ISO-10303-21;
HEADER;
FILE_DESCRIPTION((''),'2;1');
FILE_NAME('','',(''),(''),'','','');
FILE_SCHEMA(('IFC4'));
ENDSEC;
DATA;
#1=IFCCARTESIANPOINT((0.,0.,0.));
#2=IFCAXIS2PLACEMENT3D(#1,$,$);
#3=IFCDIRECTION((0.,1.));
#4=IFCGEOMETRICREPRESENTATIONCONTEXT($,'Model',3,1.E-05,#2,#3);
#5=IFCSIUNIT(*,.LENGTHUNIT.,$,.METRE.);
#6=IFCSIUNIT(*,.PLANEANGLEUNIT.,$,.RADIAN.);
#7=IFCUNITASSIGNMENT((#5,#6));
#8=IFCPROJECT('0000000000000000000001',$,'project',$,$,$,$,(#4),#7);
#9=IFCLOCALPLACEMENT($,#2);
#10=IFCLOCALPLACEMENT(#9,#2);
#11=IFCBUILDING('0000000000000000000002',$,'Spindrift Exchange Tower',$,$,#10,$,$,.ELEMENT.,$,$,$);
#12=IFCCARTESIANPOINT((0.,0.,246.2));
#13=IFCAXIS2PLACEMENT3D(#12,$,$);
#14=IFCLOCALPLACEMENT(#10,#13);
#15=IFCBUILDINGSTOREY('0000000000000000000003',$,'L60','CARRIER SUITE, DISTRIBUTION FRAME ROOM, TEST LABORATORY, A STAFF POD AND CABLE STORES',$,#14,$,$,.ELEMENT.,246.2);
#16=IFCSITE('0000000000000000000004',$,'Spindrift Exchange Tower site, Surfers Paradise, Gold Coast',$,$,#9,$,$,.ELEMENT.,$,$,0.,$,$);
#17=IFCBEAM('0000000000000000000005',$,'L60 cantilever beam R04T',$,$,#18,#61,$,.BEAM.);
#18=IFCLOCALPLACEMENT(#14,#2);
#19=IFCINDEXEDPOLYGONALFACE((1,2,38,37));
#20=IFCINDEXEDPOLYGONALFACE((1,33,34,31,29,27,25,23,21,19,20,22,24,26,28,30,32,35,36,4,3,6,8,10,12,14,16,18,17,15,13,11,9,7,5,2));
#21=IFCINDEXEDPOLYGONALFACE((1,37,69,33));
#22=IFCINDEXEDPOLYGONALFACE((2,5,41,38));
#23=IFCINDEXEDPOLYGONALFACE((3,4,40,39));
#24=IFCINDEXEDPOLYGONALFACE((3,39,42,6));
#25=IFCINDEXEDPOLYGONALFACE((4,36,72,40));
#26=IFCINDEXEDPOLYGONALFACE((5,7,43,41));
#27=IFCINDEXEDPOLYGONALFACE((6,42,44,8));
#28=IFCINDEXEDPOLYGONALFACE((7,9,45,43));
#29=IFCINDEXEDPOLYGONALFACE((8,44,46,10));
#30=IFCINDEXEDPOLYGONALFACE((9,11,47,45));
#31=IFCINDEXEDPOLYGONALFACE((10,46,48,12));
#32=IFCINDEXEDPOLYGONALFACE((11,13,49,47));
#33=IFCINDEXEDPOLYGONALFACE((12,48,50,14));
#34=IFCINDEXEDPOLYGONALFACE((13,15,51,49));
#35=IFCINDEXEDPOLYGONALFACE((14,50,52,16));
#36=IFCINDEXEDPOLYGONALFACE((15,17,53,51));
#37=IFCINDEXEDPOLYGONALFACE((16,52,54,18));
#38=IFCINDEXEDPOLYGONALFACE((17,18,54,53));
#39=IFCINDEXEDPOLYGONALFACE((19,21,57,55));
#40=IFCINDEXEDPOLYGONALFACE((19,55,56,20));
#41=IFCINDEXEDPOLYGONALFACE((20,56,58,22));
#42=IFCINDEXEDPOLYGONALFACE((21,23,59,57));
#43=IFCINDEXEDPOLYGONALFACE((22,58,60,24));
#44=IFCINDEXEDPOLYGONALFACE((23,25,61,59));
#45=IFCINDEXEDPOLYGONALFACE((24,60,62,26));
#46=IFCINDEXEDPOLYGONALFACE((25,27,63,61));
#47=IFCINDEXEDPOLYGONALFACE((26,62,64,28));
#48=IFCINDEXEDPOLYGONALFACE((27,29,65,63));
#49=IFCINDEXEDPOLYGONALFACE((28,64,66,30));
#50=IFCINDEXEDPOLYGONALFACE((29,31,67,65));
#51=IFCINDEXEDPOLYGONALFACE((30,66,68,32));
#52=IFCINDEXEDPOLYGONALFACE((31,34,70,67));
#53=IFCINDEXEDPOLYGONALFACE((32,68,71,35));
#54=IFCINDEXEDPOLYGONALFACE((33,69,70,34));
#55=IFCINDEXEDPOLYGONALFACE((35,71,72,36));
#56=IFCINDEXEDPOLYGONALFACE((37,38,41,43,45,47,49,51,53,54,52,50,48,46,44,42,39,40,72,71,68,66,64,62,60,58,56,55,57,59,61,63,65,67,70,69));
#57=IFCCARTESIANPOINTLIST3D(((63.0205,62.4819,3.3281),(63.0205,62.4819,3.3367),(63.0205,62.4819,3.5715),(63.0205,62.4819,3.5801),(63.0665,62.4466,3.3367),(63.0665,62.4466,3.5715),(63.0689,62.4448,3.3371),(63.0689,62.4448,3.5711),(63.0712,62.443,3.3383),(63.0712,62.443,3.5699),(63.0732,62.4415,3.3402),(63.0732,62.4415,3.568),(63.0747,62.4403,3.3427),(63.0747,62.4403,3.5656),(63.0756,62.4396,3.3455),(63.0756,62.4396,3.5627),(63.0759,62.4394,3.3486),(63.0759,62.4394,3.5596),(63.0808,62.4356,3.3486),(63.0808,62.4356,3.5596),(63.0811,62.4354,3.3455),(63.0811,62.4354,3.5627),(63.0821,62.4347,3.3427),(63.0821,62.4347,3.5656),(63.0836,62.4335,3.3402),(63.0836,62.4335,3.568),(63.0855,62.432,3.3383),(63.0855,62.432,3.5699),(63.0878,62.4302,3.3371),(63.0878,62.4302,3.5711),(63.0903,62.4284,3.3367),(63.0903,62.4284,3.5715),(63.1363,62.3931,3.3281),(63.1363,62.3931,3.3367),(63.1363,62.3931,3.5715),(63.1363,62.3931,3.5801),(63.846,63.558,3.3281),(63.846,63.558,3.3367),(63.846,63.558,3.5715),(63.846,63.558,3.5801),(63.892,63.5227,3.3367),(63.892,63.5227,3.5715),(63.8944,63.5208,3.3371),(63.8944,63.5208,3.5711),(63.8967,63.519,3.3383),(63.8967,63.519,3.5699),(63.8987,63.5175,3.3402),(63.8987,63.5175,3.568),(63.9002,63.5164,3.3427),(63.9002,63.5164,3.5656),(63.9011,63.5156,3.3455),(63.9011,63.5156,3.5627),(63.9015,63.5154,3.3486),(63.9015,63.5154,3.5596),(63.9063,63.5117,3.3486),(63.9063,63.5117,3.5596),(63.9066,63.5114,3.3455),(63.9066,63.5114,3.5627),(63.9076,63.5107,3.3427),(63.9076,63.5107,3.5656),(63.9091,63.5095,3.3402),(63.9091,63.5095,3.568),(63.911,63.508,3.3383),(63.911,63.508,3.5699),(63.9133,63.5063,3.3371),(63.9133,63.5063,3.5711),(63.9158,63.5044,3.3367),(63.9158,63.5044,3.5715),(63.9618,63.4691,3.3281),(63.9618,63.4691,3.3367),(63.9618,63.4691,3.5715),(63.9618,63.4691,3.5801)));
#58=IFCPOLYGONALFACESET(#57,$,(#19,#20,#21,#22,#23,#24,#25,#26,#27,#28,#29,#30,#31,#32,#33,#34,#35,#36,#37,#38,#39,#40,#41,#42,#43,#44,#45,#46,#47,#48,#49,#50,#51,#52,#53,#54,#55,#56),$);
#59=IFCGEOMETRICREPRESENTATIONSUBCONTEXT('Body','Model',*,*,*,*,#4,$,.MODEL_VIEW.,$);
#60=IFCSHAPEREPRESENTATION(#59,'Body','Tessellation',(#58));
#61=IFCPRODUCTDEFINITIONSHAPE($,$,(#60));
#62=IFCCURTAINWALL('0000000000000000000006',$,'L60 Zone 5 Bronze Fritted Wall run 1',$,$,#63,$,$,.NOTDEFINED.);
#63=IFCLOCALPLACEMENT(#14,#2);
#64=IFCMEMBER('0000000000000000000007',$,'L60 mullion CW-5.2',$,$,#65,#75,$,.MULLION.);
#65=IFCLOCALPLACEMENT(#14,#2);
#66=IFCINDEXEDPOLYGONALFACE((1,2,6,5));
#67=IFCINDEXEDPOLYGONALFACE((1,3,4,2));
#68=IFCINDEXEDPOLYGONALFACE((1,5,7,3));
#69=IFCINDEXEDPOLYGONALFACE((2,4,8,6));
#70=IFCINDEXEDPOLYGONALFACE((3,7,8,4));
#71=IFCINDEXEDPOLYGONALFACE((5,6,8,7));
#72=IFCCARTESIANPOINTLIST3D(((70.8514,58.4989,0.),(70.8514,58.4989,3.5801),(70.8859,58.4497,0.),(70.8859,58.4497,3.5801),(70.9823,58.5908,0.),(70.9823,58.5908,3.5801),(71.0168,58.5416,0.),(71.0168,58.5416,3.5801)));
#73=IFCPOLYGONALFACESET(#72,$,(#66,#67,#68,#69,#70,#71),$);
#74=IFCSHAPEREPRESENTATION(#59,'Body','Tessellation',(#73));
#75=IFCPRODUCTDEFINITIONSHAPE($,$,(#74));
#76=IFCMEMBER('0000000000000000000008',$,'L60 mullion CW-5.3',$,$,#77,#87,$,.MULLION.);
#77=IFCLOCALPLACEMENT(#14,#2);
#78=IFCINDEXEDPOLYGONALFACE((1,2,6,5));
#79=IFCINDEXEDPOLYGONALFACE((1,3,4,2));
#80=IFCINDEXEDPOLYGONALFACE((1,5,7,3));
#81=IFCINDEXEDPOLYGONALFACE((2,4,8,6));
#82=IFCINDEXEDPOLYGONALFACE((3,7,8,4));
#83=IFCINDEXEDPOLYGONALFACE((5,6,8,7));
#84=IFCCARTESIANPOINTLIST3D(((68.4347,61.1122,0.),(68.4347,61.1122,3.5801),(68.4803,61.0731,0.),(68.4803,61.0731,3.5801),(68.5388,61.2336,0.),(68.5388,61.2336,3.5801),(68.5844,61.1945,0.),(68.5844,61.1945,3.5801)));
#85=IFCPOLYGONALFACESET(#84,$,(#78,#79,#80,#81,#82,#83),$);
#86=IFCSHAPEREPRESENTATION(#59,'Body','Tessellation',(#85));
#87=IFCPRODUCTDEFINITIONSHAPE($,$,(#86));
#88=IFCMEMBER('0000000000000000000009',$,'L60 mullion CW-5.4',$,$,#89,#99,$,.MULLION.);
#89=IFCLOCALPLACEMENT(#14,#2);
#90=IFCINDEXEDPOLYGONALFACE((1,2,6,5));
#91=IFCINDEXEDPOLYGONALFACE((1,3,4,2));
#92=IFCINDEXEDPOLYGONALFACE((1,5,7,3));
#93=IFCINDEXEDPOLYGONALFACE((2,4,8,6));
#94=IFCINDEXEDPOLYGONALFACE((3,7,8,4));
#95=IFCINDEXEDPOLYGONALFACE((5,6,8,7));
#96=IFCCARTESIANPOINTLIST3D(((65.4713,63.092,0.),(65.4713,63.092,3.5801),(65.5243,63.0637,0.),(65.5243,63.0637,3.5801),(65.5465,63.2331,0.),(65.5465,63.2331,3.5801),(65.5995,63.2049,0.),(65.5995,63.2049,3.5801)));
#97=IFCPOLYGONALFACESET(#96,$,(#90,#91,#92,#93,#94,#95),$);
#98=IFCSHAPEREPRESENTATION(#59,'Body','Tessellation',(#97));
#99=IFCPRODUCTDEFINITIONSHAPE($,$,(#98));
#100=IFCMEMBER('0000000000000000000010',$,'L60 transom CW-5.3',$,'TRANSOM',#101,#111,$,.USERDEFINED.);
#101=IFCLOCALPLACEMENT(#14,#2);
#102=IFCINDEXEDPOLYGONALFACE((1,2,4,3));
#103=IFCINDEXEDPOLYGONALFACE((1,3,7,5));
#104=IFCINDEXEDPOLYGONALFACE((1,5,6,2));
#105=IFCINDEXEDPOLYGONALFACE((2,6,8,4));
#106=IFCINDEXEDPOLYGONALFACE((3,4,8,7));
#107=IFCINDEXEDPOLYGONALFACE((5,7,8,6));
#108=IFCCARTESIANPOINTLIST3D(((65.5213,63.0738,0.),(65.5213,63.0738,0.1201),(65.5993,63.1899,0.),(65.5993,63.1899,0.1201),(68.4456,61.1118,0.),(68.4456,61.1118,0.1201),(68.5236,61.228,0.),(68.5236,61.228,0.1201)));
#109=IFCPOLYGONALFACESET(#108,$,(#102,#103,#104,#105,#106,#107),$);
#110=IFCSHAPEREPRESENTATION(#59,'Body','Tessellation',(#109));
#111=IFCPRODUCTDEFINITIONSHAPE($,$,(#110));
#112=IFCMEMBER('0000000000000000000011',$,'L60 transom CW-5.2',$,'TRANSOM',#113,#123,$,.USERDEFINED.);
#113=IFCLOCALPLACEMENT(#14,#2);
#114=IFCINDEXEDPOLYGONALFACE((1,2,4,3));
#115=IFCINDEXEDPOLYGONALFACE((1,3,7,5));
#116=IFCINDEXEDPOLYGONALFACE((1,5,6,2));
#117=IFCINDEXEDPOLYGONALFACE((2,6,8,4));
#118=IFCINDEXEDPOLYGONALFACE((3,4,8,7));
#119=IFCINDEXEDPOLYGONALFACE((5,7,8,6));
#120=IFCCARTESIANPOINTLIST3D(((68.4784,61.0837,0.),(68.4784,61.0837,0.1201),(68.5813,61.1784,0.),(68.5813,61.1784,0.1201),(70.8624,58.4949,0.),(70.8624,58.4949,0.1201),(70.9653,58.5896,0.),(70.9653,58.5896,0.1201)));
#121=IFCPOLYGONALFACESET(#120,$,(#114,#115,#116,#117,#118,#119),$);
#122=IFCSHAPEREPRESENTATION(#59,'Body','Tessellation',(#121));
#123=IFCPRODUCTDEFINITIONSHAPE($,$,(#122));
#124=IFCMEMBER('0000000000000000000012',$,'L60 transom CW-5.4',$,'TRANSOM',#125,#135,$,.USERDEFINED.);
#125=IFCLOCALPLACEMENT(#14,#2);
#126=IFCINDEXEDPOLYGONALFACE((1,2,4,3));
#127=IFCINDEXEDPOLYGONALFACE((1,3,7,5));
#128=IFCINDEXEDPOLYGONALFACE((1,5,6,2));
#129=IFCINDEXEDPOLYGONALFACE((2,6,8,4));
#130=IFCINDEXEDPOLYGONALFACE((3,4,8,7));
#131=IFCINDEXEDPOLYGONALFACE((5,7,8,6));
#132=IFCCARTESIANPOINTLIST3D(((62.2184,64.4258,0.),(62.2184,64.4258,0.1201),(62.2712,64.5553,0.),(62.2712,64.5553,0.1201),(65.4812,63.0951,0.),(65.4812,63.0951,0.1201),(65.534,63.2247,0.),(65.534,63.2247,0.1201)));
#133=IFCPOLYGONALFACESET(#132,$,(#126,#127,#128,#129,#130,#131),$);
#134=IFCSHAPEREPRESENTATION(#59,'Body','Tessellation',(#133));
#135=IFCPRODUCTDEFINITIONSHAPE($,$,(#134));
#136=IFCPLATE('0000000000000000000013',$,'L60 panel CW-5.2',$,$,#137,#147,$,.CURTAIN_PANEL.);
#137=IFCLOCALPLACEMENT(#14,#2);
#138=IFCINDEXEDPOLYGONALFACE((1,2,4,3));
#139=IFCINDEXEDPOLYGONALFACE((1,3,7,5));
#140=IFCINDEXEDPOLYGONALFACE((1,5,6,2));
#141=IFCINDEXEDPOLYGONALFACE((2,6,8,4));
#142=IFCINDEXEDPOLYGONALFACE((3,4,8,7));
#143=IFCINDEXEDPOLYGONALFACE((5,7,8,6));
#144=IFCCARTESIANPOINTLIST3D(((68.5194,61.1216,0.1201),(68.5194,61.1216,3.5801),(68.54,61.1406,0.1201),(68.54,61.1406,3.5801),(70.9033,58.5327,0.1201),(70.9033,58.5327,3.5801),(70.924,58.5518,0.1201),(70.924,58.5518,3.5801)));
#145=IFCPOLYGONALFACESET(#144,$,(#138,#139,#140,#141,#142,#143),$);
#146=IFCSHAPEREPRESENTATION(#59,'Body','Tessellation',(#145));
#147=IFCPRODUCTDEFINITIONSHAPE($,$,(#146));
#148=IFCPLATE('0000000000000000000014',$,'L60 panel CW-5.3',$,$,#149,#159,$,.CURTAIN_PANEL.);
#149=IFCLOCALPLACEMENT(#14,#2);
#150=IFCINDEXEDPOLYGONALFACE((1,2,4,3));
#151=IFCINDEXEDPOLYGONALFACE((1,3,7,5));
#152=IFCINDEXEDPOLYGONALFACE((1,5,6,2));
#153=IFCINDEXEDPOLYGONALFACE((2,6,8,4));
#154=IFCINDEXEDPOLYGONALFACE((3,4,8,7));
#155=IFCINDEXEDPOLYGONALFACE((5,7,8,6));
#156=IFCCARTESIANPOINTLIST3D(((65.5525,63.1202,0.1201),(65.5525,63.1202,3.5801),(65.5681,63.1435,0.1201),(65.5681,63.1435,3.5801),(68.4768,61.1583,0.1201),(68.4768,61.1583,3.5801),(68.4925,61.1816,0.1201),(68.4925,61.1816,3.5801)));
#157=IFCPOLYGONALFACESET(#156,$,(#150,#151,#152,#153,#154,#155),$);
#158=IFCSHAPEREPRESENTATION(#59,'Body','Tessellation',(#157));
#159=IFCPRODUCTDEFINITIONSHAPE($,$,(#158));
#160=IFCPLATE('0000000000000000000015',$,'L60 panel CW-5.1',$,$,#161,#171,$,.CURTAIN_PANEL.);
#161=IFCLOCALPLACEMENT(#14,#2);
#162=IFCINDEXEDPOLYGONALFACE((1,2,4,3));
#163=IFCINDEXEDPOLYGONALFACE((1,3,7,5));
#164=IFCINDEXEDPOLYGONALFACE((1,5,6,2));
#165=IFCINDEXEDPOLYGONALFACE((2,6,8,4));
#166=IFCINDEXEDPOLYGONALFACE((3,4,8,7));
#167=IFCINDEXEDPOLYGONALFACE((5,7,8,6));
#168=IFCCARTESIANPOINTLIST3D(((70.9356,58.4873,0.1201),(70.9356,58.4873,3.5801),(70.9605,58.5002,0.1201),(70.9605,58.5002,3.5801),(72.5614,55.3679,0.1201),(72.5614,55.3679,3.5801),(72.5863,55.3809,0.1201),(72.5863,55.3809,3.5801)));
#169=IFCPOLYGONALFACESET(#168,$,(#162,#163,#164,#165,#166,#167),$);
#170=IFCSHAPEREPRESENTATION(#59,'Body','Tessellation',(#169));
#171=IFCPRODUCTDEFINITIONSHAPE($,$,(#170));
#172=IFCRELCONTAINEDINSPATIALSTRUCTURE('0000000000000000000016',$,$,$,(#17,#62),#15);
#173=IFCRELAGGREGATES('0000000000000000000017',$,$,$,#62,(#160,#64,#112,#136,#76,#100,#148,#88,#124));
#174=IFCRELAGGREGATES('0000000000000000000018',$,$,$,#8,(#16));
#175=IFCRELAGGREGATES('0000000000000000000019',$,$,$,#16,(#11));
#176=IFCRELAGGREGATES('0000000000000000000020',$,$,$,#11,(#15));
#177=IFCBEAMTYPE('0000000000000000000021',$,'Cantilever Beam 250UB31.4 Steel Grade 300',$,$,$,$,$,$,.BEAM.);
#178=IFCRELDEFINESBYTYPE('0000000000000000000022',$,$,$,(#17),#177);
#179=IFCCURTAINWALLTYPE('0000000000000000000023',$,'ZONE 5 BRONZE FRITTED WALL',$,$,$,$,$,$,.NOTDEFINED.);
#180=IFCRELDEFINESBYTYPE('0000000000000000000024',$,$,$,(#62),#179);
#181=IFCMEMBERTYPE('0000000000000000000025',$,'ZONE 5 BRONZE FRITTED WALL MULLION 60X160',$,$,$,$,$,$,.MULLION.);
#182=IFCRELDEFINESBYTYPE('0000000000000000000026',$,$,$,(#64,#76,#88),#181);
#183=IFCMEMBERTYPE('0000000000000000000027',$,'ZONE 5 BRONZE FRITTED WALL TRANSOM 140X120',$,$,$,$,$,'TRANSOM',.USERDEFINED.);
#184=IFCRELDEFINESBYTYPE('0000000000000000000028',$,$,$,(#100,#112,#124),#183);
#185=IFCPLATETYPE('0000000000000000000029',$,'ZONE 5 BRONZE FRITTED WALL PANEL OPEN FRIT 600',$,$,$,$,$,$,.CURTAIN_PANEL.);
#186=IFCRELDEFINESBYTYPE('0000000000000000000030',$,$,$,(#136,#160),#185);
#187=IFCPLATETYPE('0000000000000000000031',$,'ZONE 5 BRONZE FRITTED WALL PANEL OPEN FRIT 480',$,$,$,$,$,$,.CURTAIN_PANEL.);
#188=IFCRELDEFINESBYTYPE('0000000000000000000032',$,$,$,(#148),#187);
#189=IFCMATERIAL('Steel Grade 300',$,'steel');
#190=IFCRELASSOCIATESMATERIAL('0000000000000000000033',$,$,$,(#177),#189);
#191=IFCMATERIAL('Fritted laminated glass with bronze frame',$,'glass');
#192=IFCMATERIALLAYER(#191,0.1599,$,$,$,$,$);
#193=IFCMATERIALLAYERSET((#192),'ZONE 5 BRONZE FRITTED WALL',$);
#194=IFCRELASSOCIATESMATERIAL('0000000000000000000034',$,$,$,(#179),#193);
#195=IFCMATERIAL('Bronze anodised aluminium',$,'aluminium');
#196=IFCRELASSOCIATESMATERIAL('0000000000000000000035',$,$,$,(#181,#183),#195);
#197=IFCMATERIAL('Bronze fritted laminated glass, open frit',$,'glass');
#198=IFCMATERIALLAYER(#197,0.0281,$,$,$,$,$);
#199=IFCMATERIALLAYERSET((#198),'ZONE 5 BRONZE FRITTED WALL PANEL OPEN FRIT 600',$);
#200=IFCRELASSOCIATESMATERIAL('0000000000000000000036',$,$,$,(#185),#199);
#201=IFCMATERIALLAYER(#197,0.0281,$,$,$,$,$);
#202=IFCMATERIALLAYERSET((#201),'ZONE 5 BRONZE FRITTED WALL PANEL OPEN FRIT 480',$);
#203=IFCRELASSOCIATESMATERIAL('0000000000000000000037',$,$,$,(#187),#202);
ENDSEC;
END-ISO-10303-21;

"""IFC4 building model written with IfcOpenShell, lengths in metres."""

from ifc_helpers import new_model, si_unit, direction, frame, origin, origin_2d, place, context, subcontext, project, spatial, rectangle, i_section, extrude, source, transform, mapped, material, layer, layer_set, material_profile, profile_set, type_object, element, aggregate, save


model = new_model("IFC4")

# Units and contexts
model_context = context("Model", 3, precision=1e-05, world=origin(), true_north=direction((0.0, 1.0)))
body_context = subcontext(model_context, "Body", "Model", "MODEL_VIEW")
ifc_project = project(units=[si_unit("LENGTHUNIT", "METRE"), si_unit("PLANEANGLEUNIT", "RADIAN")], contexts=[model_context])

# Site, building, storey
site_placement = place(None, origin())
site = spatial("IfcSite", under=ifc_project, at=site_placement, Name="Spindrift Exchange Tower site, Surfers Paradise, Gold Coast", CompositionType="ELEMENT", RefElevation=0.0)
building_placement = place(site_placement, origin())
building = spatial("IfcBuilding", under=site, at=building_placement, Name="Spindrift Exchange Tower", CompositionType="ELEMENT")
storey_placement = place(building_placement, frame((0.0, 0.0, 246.2)))
storey = spatial("IfcBuildingStorey", under=building, at=storey_placement, Name="L60", Description="CARRIER SUITE, DISTRIBUTION FRAME ROOM, TEST LABORATORY, A STAFF POD AND CABLE STORES", CompositionType="ELEMENT", Elevation=246.2)

# Beam
ifc_material_1 = material(Name="Steel Grade 300", Category="steel")
ifc_material_profile_1 = material_profile(ifc_material_1, i_section(OverallWidth=0.146, OverallDepth=0.252, WebThickness=0.0061, FlangeThickness=0.0085, FilletRadius=0.012, at=origin_2d()), Name="250UB31.4")
ifc_profile_set_1 = profile_set([ifc_material_profile_1], Name="Steel Grade 300")
beam_type_1 = type_object("IfcBeamType", Name="Cantilever Beam 250UB31.4 Steel Grade 300", PredefinedType="BEAM", material=ifc_profile_set_1)
shared_shape_1 = source(origin(), body_context, "Body", "SweptSolid", [
    extrude(i_section(OverallWidth=0.146, OverallDepth=0.252, WebThickness=0.0061, FlangeThickness=0.0085, FilletRadius=0.012, at=origin_2d()), origin(), (0.0, 0.0, 1.0), 1.3562),
])
beam_1_placement = place(storey_placement, frame((63.0784, 62.4375, 3.4541), z_axis=(0.608692, 0.793406, 0.0), x_axis=(-0.793406, 0.608692, 0.0)))
element("IfcBeam", 1, at=beam_1_placement, inside=storey, type_object=beam_type_1, Name="L60 cantilever beam R04T", PredefinedType="BEAM", context=body_context, shape_type="MappedRepresentation", body=[
    mapped(shared_shape_1, transform((0.0, 0.0, 0.0), scale=1.0)),
])

# Curtain wall, members, plates
ifc_material_2 = material(Name="Fritted laminated glass with bronze frame", Category="glass")
ifc_layer_1 = layer(ifc_material_2, 0.1599)
ifc_layer_set_1 = layer_set([ifc_layer_1], Name="ZONE 5 BRONZE FRITTED WALL")
curtain_wall_type = type_object("IfcCurtainWallType", Name="ZONE 5 BRONZE FRITTED WALL", PredefinedType="NOTDEFINED", material=ifc_layer_set_1)
curtain_wall_placement = place(storey_placement, origin())
curtain_wall = element("IfcCurtainWall", 2, at=curtain_wall_placement, inside=storey, type_object=curtain_wall_type, Name="L60 Zone 5 Bronze Fritted Wall run 1", PredefinedType="NOTDEFINED")
ifc_material_3 = material(Name="Bronze anodised aluminium", Category="aluminium")
ifc_material_profile_2 = material_profile(ifc_material_3, rectangle(XDim=0.0601, YDim=0.1599, at=origin_2d()), Name="ZONE 5 BRONZE FRITTED WALL MULLION 60X160")
ifc_profile_set_2 = profile_set([ifc_material_profile_2], Name="Bronze anodised aluminium")
member_type_1 = type_object("IfcMemberType", Name="ZONE 5 BRONZE FRITTED WALL MULLION 60X160", PredefinedType="MULLION", material=ifc_profile_set_2)
shared_shape_2 = source(origin(), body_context, "Body", "SweptSolid", [
    extrude(rectangle(XDim=0.0601, YDim=0.1599, at=origin_2d()), origin(), (0.0, 0.0, 1.0), 3.5801),
])
member_1_placement = place(storey_placement, frame((70.9341, 58.5203, 0.0), z_axis=(0.0, 0.0, 1.0), x_axis=(-0.574783, 0.818306, 0.0)))
member_1 = element("IfcMember", 3, at=member_1_placement, type_object=member_type_1, Name="L60 mullion CW-5.2", PredefinedType="MULLION", context=body_context, shape_type="MappedRepresentation", body=[
    mapped(shared_shape_2, transform((0.0, 0.0, 0.0), scale=1.0)),
])
member_2_placement = place(storey_placement, frame((68.5095, 61.1533, 0.0), z_axis=(0.0, 0.0, 1.0), x_axis=(-0.75918, 0.65088, 0.0)))
member_2 = element("IfcMember", 4, at=member_2_placement, type_object=member_type_1, Name="L60 mullion CW-5.3", PredefinedType="MULLION", context=body_context, shape_type="MappedRepresentation", body=[
    mapped(shared_shape_2, transform((0.0, 0.0, 0.0), scale=1.0)),
])
member_3_placement = place(storey_placement, frame((65.5354, 63.1484, 0.0), z_axis=(0.0, 0.0, 1.0), x_axis=(-0.88277, 0.469805, 0.0)))
member_3 = element("IfcMember", 5, at=member_3_placement, type_object=member_type_1, Name="L60 mullion CW-5.4", PredefinedType="MULLION", context=body_context, shape_type="MappedRepresentation", body=[
    mapped(shared_shape_2, transform((0.0, 0.0, 0.0), scale=1.0)),
])
ifc_material_profile_3 = material_profile(ifc_material_3, rectangle(XDim=0.1399, YDim=0.1201, at=origin_2d()), Name="ZONE 5 BRONZE FRITTED WALL TRANSOM 140X120")
ifc_profile_set_3 = profile_set([ifc_material_profile_3], Name="Bronze anodised aluminium")
member_type_2 = type_object("IfcMemberType", Name="ZONE 5 BRONZE FRITTED WALL TRANSOM 140X120", ElementType="TRANSOM", PredefinedType="USERDEFINED", material=ifc_profile_set_3)
shared_shape_3 = source(origin(), body_context, "Body", "SweptSolid", [
    extrude(rectangle(XDim=0.1399, YDim=0.1201, at=origin_2d()), origin(), (0.0, 0.0, 1.0), 3.5215),
])
member_4_placement = place(storey_placement, frame((68.4846, 61.1699, 0.0601), z_axis=(-0.830426, 0.55713, 0.0), x_axis=(-0.55713, -0.830426, 0.0)))
member_4 = element("IfcMember", 6, at=member_4_placement, type_object=member_type_2, Name="L60 transom CW-5.3", ObjectType="TRANSOM", PredefinedType="USERDEFINED", context=body_context, shape_type="MappedRepresentation", body=[
    mapped(shared_shape_3, transform((0.0, 0.0, 0.0), scale=1.0)),
])
shared_shape_4 = source(origin(), body_context, "Body", "SweptSolid", [
    extrude(rectangle(XDim=0.1399, YDim=0.1201, at=origin_2d()), origin(), (0.0, 0.0, 1.0), 3.5193),
])
member_5_placement = place(storey_placement, frame((70.9138, 58.5422, 0.0601), z_axis=(-0.677407, 0.735609, 0.0), x_axis=(-0.735609, -0.677407, 0.0)))
member_5 = element("IfcMember", 7, at=member_5_placement, type_object=member_type_2, Name="L60 transom CW-5.2", ObjectType="TRANSOM", PredefinedType="USERDEFINED", context=body_context, shape_type="MappedRepresentation", body=[
    mapped(shared_shape_4, transform((0.0, 0.0, 0.0), scale=1.0)),
])
shared_shape_5 = source(origin(), body_context, "Body", "SweptSolid", [
    extrude(rectangle(XDim=0.1399, YDim=0.1201, at=origin_2d()), origin(), (0.0, 0.0, 1.0), 3.5237),
])
member_6_placement = place(storey_placement, frame((65.5076, 63.1599, 0.0601), z_axis=(-0.925961, 0.377618, 0.0), x_axis=(-0.377618, -0.925961, 0.0)))
member_6 = element("IfcMember", 8, at=member_6_placement, type_object=member_type_2, Name="L60 transom CW-5.4", ObjectType="TRANSOM", PredefinedType="USERDEFINED", context=body_context, shape_type="MappedRepresentation", body=[
    mapped(shared_shape_5, transform((0.0, 0.0, 0.0), scale=1.0)),
])
ifc_material_4 = material(Name="Bronze fritted laminated glass, open frit", Category="glass")
ifc_layer_2 = layer(ifc_material_4, 0.0281)
ifc_layer_set_2 = layer_set([ifc_layer_2], Name="ZONE 5 BRONZE FRITTED WALL PANEL OPEN FRIT 600")
plate_type_1 = type_object("IfcPlateType", Name="ZONE 5 BRONZE FRITTED WALL PANEL OPEN FRIT 600", PredefinedType="CURTAIN_PANEL", material=ifc_layer_set_2)
shared_shape_6 = source(origin(), body_context, "Body", "SweptSolid", [
    extrude(rectangle(XDim=3.5193, YDim=0.0281, at=origin_2d()), origin(), (0.0, 0.0, 1.0), 3.46),
])
plate_1_placement = place(storey_placement, frame((69.7217, 59.8367, 0.1201), z_axis=(0.0, 0.0, 1.0), x_axis=(-0.677395, 0.73562, 0.0)))
plate_1 = element("IfcPlate", 9, at=plate_1_placement, type_object=plate_type_1, Name="L60 panel CW-5.2", PredefinedType="CURTAIN_PANEL", context=body_context, shape_type="MappedRepresentation", body=[
    mapped(shared_shape_6, transform((0.0, 0.0, 0.0), scale=1.0)),
])
ifc_layer_3 = layer(ifc_material_4, 0.0281)
ifc_layer_set_3 = layer_set([ifc_layer_3], Name="ZONE 5 BRONZE FRITTED WALL PANEL OPEN FRIT 480")
plate_type_2 = type_object("IfcPlateType", Name="ZONE 5 BRONZE FRITTED WALL PANEL OPEN FRIT 480", PredefinedType="CURTAIN_PANEL", material=ifc_layer_set_3)
shared_shape_7 = source(origin(), body_context, "Body", "SweptSolid", [
    extrude(rectangle(XDim=3.5215, YDim=0.0281, at=origin_2d()), origin(), (0.0, 0.0, 1.0), 3.46),
])
plate_2_placement = place(storey_placement, frame((67.0225, 62.1509, 0.1201), z_axis=(0.0, 0.0, 1.0), x_axis=(-0.830435, 0.557115, 0.0)))
plate_2 = element("IfcPlate", 10, at=plate_2_placement, type_object=plate_type_2, Name="L60 panel CW-5.3", PredefinedType="CURTAIN_PANEL", context=body_context, shape_type="MappedRepresentation", body=[
    mapped(shared_shape_7, transform((0.0, 0.0, 0.0), scale=1.0)),
])
shared_shape_8 = source(origin(), body_context, "Body", "SweptSolid", [
    extrude(rectangle(XDim=3.5176, YDim=0.0281, at=origin_2d()), origin(), (0.0, 0.0, 1.0), 3.46),
])
plate_3_placement = place(storey_placement, frame((71.761, 56.9341, 0.1201), z_axis=(0.0, 0.0, 1.0), x_axis=(-0.462188, 0.886782, 0.0)))
plate_3 = element("IfcPlate", 11, at=plate_3_placement, type_object=plate_type_1, Name="L60 panel CW-5.1", PredefinedType="CURTAIN_PANEL", context=body_context, shape_type="MappedRepresentation", body=[
    mapped(shared_shape_8, transform((0.0, 0.0, 0.0), scale=1.0)),
])
aggregate(curtain_wall, [plate_3, member_1, member_5, plate_1, member_2, member_4, plate_2, member_3, member_6])

save(model, "model.ifc")
